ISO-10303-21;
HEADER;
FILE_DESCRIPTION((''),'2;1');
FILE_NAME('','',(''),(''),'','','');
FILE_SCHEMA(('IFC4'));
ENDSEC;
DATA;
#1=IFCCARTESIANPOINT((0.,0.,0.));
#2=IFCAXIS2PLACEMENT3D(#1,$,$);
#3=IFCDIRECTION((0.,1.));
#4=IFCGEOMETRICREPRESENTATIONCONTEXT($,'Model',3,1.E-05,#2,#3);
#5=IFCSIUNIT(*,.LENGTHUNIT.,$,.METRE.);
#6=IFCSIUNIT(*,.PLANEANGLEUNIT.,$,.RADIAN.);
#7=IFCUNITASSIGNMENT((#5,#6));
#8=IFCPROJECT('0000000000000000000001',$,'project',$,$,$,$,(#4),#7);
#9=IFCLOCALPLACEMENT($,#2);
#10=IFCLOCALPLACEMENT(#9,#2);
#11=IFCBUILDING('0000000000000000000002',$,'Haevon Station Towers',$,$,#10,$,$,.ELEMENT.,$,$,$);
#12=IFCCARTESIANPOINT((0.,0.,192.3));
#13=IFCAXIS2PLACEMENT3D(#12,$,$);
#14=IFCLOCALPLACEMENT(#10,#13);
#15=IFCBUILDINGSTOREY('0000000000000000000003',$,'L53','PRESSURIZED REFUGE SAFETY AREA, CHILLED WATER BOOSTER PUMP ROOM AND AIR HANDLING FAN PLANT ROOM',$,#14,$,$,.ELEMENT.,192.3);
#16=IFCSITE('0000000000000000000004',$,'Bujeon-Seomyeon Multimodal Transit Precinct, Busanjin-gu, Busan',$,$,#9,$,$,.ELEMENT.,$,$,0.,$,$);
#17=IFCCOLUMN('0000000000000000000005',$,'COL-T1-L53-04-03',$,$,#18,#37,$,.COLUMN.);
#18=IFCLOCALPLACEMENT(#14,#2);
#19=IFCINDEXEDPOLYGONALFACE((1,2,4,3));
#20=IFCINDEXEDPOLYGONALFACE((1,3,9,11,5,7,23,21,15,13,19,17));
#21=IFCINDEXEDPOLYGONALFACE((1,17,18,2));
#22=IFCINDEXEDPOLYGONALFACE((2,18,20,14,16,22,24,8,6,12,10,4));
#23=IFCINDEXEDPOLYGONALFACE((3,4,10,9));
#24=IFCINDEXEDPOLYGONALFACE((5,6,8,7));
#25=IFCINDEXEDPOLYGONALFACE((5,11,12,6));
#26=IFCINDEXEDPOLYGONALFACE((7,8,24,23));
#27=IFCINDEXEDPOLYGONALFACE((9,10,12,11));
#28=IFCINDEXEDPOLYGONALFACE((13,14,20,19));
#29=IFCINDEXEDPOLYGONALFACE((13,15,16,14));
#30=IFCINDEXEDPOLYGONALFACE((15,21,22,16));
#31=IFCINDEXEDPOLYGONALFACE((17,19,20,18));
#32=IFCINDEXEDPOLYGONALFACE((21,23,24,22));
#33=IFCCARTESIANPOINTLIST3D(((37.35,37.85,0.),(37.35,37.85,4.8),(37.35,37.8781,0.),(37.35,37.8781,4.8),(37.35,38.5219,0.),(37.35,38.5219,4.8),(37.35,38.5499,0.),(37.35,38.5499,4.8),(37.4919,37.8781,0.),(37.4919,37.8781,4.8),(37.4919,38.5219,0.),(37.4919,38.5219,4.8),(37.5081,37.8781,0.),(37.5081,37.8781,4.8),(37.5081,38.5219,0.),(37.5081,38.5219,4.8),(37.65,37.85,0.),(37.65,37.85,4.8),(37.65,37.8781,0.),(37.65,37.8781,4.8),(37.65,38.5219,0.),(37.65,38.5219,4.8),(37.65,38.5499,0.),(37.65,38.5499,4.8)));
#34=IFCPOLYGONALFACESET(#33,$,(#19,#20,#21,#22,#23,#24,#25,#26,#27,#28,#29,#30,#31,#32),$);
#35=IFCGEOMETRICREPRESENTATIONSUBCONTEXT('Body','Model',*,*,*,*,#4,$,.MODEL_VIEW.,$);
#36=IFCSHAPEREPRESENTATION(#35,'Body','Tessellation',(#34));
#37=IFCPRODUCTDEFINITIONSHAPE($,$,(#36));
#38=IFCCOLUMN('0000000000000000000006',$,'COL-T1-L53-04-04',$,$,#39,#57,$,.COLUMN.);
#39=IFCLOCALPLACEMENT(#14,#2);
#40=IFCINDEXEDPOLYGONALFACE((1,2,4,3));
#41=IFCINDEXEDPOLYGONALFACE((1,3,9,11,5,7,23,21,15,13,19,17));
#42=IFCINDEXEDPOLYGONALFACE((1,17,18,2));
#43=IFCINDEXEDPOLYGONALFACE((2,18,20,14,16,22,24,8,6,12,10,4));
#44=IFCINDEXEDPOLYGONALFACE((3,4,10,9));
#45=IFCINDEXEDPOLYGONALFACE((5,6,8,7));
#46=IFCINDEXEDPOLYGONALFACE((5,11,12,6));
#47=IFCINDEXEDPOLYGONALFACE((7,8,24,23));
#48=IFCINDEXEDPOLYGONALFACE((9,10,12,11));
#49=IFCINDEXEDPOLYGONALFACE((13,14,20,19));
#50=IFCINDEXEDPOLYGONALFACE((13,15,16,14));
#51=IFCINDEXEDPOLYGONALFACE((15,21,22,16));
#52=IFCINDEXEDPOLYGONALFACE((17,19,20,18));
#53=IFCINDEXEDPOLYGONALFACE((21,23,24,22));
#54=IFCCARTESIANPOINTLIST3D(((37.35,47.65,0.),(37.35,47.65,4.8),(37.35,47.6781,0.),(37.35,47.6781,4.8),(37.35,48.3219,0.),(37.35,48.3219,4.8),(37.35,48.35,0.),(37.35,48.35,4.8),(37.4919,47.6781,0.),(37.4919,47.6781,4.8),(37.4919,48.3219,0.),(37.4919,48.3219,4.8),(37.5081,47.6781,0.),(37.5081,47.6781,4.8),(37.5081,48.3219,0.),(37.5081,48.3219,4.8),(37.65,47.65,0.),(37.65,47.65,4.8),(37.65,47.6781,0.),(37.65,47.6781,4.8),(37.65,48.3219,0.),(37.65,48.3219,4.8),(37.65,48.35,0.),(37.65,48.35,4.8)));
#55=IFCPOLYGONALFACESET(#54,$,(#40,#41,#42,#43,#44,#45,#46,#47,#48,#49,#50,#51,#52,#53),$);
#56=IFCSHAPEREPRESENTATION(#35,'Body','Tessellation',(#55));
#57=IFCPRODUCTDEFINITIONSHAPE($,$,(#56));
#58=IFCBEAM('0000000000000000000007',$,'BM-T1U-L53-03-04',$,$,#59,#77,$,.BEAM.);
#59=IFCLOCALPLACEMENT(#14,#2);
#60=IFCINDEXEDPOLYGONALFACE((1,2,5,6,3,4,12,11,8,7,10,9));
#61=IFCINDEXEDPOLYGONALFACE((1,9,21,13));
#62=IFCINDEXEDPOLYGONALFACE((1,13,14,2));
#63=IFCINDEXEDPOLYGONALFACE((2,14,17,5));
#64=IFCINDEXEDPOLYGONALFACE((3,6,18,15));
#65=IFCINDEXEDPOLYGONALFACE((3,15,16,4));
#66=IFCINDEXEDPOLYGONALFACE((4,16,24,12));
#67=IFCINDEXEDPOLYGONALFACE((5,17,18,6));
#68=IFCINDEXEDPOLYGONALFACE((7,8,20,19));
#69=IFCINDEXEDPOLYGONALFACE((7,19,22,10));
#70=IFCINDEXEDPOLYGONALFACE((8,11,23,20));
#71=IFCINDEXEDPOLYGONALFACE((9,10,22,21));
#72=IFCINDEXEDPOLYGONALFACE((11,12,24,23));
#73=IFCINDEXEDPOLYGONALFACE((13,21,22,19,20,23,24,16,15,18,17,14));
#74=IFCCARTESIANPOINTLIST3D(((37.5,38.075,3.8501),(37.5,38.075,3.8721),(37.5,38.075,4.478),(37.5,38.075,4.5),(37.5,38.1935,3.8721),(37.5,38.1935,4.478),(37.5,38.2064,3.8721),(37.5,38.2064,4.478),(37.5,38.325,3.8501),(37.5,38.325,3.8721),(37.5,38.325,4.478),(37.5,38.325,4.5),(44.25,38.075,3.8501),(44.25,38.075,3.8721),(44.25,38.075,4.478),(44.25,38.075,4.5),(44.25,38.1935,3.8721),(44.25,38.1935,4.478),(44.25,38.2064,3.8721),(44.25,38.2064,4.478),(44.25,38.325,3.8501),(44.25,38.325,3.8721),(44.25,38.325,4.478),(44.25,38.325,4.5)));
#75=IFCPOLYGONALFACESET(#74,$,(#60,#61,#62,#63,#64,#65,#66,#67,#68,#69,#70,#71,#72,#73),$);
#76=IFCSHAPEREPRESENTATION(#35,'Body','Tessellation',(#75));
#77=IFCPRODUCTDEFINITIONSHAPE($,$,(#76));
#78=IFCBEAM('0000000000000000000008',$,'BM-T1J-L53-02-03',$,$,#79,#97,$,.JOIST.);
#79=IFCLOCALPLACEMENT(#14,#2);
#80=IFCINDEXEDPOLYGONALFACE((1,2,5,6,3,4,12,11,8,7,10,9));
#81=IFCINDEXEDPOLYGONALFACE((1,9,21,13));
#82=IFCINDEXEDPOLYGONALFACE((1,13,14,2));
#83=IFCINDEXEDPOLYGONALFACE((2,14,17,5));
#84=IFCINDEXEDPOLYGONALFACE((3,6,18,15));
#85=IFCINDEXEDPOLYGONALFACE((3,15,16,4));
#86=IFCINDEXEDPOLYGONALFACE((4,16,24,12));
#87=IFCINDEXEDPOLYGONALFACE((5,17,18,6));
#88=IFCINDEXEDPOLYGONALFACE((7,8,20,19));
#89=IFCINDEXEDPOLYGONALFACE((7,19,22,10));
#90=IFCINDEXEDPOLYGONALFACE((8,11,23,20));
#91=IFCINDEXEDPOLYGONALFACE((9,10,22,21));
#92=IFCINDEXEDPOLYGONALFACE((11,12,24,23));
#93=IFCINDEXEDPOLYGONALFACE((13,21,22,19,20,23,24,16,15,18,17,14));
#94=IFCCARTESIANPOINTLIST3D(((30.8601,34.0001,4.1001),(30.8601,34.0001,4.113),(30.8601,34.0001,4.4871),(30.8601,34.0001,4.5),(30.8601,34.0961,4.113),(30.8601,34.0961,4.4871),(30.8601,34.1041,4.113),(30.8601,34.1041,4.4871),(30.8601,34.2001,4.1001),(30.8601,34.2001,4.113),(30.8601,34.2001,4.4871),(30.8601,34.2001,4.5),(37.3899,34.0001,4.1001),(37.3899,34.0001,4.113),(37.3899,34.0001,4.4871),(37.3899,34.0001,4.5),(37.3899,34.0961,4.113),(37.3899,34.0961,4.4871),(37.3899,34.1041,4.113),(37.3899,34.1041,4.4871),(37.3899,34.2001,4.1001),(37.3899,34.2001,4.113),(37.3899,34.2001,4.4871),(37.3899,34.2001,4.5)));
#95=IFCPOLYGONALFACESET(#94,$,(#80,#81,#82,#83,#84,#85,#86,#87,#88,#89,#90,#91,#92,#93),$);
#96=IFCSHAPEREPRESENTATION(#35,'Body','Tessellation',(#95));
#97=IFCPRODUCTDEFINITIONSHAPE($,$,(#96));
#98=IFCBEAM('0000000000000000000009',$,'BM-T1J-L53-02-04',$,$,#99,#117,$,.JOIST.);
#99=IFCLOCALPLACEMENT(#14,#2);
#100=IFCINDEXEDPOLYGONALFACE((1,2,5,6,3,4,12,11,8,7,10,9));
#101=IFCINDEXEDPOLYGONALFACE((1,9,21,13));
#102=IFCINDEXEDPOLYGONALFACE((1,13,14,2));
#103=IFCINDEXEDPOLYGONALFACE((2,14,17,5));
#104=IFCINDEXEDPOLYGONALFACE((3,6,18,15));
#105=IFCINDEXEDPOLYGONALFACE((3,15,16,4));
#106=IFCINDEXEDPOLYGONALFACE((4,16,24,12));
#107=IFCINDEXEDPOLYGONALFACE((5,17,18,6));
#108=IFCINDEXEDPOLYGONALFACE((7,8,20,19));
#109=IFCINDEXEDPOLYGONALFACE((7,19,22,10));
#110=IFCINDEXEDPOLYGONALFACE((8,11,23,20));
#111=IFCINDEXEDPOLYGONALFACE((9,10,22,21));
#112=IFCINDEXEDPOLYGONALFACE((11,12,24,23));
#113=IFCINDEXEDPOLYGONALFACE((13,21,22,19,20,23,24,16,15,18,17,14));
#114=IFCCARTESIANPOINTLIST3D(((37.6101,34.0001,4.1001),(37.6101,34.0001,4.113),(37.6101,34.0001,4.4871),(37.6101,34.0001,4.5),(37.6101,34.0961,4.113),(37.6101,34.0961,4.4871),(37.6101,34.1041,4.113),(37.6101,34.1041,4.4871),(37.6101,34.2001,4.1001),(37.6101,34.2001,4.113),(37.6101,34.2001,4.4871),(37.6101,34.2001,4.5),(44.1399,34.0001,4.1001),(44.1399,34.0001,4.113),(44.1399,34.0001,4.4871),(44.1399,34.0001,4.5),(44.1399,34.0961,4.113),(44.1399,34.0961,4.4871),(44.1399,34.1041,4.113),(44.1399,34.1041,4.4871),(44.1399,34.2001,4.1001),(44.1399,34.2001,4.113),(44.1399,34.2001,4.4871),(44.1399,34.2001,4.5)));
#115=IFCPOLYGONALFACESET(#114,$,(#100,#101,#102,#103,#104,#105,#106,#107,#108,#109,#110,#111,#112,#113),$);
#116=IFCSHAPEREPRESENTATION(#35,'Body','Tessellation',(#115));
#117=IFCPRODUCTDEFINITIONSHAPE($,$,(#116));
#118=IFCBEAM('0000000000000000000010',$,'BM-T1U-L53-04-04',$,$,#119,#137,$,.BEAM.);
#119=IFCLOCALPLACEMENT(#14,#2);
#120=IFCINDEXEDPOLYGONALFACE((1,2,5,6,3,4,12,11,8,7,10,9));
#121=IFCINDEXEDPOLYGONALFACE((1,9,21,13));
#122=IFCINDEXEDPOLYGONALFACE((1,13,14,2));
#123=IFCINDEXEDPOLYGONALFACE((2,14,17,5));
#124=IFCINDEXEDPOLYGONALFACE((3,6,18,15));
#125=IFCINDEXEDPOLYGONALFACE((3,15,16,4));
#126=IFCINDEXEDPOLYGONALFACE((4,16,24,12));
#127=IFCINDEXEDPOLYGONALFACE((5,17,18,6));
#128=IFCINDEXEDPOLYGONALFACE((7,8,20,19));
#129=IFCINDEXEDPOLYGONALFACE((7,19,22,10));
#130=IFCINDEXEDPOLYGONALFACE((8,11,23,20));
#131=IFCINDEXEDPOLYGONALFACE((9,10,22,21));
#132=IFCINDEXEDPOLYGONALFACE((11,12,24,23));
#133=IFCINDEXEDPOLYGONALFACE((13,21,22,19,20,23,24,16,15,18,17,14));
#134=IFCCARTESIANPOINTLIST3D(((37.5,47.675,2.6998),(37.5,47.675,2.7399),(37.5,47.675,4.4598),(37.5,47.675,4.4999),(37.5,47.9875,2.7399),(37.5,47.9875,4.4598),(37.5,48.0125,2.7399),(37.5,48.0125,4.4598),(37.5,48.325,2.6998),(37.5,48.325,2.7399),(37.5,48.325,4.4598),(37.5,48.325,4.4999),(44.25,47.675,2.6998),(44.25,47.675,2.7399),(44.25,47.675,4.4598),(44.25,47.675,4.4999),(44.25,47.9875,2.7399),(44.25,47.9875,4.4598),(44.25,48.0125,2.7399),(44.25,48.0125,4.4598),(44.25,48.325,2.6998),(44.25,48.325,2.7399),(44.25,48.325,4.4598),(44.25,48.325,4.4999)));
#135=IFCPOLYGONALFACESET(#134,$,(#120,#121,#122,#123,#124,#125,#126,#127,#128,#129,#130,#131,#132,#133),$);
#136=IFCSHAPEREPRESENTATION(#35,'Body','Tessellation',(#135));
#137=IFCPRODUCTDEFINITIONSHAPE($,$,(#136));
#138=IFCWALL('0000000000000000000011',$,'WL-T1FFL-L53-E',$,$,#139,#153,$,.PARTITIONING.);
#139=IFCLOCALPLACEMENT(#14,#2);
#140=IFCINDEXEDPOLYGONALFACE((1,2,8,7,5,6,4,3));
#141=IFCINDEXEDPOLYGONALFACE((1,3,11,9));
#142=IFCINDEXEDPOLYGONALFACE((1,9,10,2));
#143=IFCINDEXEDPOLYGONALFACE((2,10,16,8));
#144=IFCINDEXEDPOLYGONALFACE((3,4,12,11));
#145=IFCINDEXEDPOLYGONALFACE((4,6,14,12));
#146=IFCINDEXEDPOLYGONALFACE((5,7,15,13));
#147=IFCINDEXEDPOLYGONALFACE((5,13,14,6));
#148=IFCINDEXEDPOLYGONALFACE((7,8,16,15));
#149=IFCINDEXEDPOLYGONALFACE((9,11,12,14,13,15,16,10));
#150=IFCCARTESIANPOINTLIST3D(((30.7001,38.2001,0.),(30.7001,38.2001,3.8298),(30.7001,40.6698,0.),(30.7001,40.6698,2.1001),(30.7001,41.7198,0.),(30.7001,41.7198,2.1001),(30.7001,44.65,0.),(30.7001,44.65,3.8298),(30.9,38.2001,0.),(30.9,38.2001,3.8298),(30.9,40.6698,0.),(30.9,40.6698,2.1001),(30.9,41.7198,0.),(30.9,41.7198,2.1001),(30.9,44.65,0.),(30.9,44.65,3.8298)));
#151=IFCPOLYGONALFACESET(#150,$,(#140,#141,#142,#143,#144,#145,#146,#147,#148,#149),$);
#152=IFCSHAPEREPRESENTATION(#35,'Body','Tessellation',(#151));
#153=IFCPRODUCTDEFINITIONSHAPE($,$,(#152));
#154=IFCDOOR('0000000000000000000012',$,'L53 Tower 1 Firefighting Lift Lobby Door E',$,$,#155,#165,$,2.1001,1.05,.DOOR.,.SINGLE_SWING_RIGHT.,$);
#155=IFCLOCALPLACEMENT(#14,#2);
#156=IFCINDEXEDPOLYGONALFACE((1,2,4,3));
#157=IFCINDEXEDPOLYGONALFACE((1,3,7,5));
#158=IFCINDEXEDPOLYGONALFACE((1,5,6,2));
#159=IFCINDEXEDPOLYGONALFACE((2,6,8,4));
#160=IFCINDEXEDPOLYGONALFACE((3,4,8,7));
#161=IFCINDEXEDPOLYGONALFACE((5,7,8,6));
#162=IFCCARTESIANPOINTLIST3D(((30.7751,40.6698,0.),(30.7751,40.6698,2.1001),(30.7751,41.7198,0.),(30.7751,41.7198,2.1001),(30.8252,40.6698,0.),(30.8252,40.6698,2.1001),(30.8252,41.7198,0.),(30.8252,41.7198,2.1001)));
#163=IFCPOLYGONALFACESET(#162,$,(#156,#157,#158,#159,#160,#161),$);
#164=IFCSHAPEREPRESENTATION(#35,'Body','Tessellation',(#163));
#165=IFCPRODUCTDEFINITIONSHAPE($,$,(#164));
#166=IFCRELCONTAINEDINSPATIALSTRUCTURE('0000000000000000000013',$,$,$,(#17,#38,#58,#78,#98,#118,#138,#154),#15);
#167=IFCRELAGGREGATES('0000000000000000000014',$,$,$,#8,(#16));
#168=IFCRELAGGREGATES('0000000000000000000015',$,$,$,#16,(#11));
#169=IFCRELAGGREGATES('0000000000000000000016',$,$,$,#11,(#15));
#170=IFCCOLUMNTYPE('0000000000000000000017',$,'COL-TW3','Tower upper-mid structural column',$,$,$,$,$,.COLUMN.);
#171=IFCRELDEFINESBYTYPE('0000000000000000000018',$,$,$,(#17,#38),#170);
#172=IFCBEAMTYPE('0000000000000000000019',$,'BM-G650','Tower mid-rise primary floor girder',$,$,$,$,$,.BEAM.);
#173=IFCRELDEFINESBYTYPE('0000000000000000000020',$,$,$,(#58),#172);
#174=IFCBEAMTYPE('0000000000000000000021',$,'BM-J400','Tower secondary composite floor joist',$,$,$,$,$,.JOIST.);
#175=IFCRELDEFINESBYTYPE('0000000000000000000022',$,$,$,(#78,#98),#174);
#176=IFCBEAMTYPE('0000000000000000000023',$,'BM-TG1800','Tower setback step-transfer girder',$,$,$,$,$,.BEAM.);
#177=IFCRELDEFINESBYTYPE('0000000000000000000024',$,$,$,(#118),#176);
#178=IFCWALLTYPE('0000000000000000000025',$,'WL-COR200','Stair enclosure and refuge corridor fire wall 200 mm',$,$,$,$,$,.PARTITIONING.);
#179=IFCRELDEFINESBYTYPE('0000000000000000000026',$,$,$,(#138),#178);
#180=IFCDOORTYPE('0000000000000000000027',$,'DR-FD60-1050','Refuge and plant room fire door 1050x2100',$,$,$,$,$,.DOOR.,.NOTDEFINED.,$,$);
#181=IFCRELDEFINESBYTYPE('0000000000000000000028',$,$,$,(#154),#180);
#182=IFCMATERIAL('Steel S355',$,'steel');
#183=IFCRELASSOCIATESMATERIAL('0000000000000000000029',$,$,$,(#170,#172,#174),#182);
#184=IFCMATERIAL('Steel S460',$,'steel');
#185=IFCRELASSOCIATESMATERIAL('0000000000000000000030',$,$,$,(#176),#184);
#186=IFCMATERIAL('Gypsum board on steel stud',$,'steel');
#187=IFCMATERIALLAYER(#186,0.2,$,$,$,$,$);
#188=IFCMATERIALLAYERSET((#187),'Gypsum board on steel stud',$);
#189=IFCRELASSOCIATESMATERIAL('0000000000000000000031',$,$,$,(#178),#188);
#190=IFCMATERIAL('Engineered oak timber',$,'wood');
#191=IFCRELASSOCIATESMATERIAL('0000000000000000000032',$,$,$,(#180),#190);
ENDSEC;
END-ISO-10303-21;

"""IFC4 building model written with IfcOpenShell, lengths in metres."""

from ifc_helpers import new_model, si_unit, direction, frame, frame_2d, origin, origin_2d, place, context, subcontext, project, spatial, rectangle, i_section, extrude, material, layer, layer_set, material_profile, profile_set, type_object, element, fill, save


model = new_model("IFC4")

# Units and contexts
model_context = context("Model", 3, precision=1e-05, world=origin(), true_north=direction((0.0, 1.0)))
body_context = subcontext(model_context, "Body", "Model", "MODEL_VIEW")
ifc_project = project(units=[si_unit("LENGTHUNIT", "METRE"), si_unit("PLANEANGLEUNIT", "RADIAN")], contexts=[model_context])

# Site, building, storey
site_placement = place(None, origin())
site = spatial("IfcSite", under=ifc_project, at=site_placement, Name="Bujeon-Seomyeon Multimodal Transit Precinct, Busanjin-gu, Busan", CompositionType="ELEMENT", RefElevation=0.0)
building_placement = place(site_placement, origin())
building = spatial("IfcBuilding", under=site, at=building_placement, Name="Haevon Station Towers", CompositionType="ELEMENT")
storey_placement = place(building_placement, frame((0.0, 0.0, 192.3)))
storey = spatial("IfcBuildingStorey", under=building, at=storey_placement, Name="L53", Description="PRESSURIZED REFUGE SAFETY AREA, CHILLED WATER BOOSTER PUMP ROOM AND AIR HANDLING FAN PLANT ROOM", CompositionType="ELEMENT", Elevation=192.3)

# Columns
ifc_material_1 = material(Name="Steel S355", Category="steel")
ifc_material_profile_1 = material_profile(ifc_material_1, i_section(OverallWidth=0.3, OverallDepth=0.7, WebThickness=0.0161, FlangeThickness=0.0281, at=origin_2d()), Name="H-700x300x16x28")
ifc_profile_set_1 = profile_set([ifc_material_profile_1], Name="Steel S355")
column_type = type_object("IfcColumnType", Name="COL-TW3", Description="Tower upper-mid structural column", PredefinedType="COLUMN", material=ifc_profile_set_1)
for number, where, z_axis, x_axis, name in (
    (1, (37.5, 38.2, 0.0), (0.0, 0.0, 1.0), (1.0, 0.0, 0.0), "COL-T1-L53-04-03"),
    (2, (37.5, 48.0, 0.0), (0.0, 0.0, 1.0), (1.0, 0.0, 0.0), "COL-T1-L53-04-04"),
):
    element("IfcColumn", number, at=place(storey_placement, frame(where, z_axis=z_axis, x_axis=x_axis)), inside=storey, type_object=column_type, Name=name, PredefinedType="COLUMN", context=body_context, shape_type="SweptSolid", body=[
        extrude(i_section(OverallWidth=0.3, OverallDepth=0.7, WebThickness=0.0161, FlangeThickness=0.0281, at=origin_2d()), origin(), (0.0, 0.0, 1.0), 4.8),
    ])

# Beams
ifc_material_profile_2 = material_profile(ifc_material_1, i_section(OverallWidth=0.25, OverallDepth=0.6499, WebThickness=0.0129, FlangeThickness=0.022, at=origin_2d()), Name="H-650x250x13x22")
ifc_profile_set_2 = profile_set([ifc_material_profile_2], Name="Steel S355")
beam_type_1 = type_object("IfcBeamType", Name="BM-G650", Description="Tower mid-rise primary floor girder", PredefinedType="BEAM", material=ifc_profile_set_2)
beam_1_placement = place(storey_placement, frame((37.5, 38.2, 4.175), z_axis=(1.0, 0.0, 0.0), x_axis=(0.0, 1.0, 0.0)))
element("IfcBeam", 3, at=beam_1_placement, inside=storey, type_object=beam_type_1, Name="BM-T1U-L53-03-04", PredefinedType="BEAM", context=body_context, shape_type="SweptSolid", body=[
    extrude(i_section(OverallWidth=0.25, OverallDepth=0.6499, WebThickness=0.0129, FlangeThickness=0.022, at=origin_2d()), origin(), (0.0, 0.0, 1.0), 6.75),
])
ifc_material_profile_3 = material_profile(ifc_material_1, i_section(OverallWidth=0.2, OverallDepth=0.3999, WebThickness=0.0081, FlangeThickness=0.0129, at=origin_2d()), Name="H-400x200x8x13")
ifc_profile_set_3 = profile_set([ifc_material_profile_3], Name="Steel S355")
beam_type_2 = type_object("IfcBeamType", Name="BM-J400", Description="Tower secondary composite floor joist", PredefinedType="JOIST", material=ifc_profile_set_3)
for number, where, z_axis, x_axis, name in (
    (4, (30.8601, 34.1001, 4.3), (1.0, 0.0, 0.0), (0.0, 1.0, 0.0), "BM-T1J-L53-02-03"),
    (5, (37.6101, 34.1001, 4.3), (1.0, 0.0, 0.0), (0.0, 1.0, 0.0), "BM-T1J-L53-02-04"),
):
    element("IfcBeam", number, at=place(storey_placement, frame(where, z_axis=z_axis, x_axis=x_axis)), inside=storey, type_object=beam_type_2, Name=name, PredefinedType="JOIST", context=body_context, shape_type="SweptSolid", body=[
        extrude(i_section(OverallWidth=0.2, OverallDepth=0.3999, WebThickness=0.0081, FlangeThickness=0.0129, at=origin_2d()), origin(), (0.0, 0.0, 1.0), 6.5298),
    ])
ifc_material_2 = material(Name="Steel S460", Category="steel")
ifc_material_profile_4 = material_profile(ifc_material_2, i_section(OverallWidth=0.6499, OverallDepth=1.8, WebThickness=0.0249, FlangeThickness=0.04, at=origin_2d()), Name="H-1800x650x25x40")
ifc_profile_set_4 = profile_set([ifc_material_profile_4], Name="Steel S460")
beam_type_3 = type_object("IfcBeamType", Name="BM-TG1800", Description="Tower setback step-transfer girder", PredefinedType="BEAM", material=ifc_profile_set_4)
beam_2_placement = place(storey_placement, frame((37.5, 48.0, 3.5999), z_axis=(1.0, 0.0, 0.0), x_axis=(0.0, 1.0, 0.0)))
element("IfcBeam", 6, at=beam_2_placement, inside=storey, type_object=beam_type_3, Name="BM-T1U-L53-04-04", PredefinedType="BEAM", context=body_context, shape_type="SweptSolid", body=[
    extrude(i_section(OverallWidth=0.6499, OverallDepth=1.8, WebThickness=0.0249, FlangeThickness=0.04, at=origin_2d()), origin(), (0.0, 0.0, 1.0), 6.75),
])

# Wall, opening, door
ifc_material_3 = material(Name="Gypsum board on steel stud", Category="steel")
ifc_layer_1 = layer(ifc_material_3, 0.2)
ifc_layer_set_1 = layer_set([ifc_layer_1], Name="Gypsum board on steel stud")
wall_type_1 = type_object("IfcWallType", Name="WL-COR200", Description="Stair enclosure and refuge corridor fire wall 200 mm", PredefinedType="PARTITIONING", material=ifc_layer_set_1)
wall_1_placement = place(storey_placement, frame((30.8, 38.2, 0.0), z_axis=(0.0, 0.0, 1.0), x_axis=(0.0, 1.0, 0.0)))
wall_1 = element("IfcWall", 7, at=wall_1_placement, inside=storey, type_object=wall_type_1, Name="WL-T1FFL-L53-E", PredefinedType="PARTITIONING", context=body_context, shape_type="SweptSolid", body=[
    extrude(rectangle(XDim=6.45, YDim=0.2, at=frame_2d((3.2251, 0.0))), origin(), (0.0, 0.0, 1.0), 3.8298),
])
opening_1_placement = place(wall_1_placement, frame((2.47, 0.0, 0.0)))
opening_1 = element("IfcOpeningElement", 8, at=opening_1_placement, cuts=wall_1, PredefinedType="OPENING", context=body_context, shape_type="SweptSolid", body=[
    extrude(rectangle(XDim=1.05, YDim=2.1001, at=frame_2d((0.5249, 1.05))), frame((0.0, 0.1099, 0.0), z_axis=(0.0, -1.0, 0.0), x_axis=(1.0, 0.0, 0.0)), (0.0, 0.0, 1.0), 0.22),
])
ifc_material_4 = material(Name="Engineered oak timber", Category="wood")
door_type_1 = type_object("IfcDoorType", Name="DR-FD60-1050", Description="Refuge and plant room fire door 1050x2100", OperationType="NOTDEFINED", PredefinedType="DOOR", material=ifc_material_4)
door_1_placement = place(opening_1_placement, origin())
door_1 = element("IfcDoor", 9, at=door_1_placement, inside=storey, type_object=door_type_1, Name="L53 Tower 1 Firefighting Lift Lobby Door E", OperationType="SINGLE_SWING_RIGHT", OverallHeight=2.1001, OverallWidth=1.05, PredefinedType="DOOR", context=body_context, shape_type="SweptSolid", body=[
    extrude(rectangle(XDim=1.05, YDim=2.1001, at=frame_2d((0.5249, 1.05))), frame((0.0, 0.0249, 0.0), z_axis=(0.0, -1.0, 0.0), x_axis=(1.0, 0.0, 0.0)), (0.0, 0.0, 1.0), 0.05),
])
fill(opening_1, door_1)

save(model, "model.ifc")
